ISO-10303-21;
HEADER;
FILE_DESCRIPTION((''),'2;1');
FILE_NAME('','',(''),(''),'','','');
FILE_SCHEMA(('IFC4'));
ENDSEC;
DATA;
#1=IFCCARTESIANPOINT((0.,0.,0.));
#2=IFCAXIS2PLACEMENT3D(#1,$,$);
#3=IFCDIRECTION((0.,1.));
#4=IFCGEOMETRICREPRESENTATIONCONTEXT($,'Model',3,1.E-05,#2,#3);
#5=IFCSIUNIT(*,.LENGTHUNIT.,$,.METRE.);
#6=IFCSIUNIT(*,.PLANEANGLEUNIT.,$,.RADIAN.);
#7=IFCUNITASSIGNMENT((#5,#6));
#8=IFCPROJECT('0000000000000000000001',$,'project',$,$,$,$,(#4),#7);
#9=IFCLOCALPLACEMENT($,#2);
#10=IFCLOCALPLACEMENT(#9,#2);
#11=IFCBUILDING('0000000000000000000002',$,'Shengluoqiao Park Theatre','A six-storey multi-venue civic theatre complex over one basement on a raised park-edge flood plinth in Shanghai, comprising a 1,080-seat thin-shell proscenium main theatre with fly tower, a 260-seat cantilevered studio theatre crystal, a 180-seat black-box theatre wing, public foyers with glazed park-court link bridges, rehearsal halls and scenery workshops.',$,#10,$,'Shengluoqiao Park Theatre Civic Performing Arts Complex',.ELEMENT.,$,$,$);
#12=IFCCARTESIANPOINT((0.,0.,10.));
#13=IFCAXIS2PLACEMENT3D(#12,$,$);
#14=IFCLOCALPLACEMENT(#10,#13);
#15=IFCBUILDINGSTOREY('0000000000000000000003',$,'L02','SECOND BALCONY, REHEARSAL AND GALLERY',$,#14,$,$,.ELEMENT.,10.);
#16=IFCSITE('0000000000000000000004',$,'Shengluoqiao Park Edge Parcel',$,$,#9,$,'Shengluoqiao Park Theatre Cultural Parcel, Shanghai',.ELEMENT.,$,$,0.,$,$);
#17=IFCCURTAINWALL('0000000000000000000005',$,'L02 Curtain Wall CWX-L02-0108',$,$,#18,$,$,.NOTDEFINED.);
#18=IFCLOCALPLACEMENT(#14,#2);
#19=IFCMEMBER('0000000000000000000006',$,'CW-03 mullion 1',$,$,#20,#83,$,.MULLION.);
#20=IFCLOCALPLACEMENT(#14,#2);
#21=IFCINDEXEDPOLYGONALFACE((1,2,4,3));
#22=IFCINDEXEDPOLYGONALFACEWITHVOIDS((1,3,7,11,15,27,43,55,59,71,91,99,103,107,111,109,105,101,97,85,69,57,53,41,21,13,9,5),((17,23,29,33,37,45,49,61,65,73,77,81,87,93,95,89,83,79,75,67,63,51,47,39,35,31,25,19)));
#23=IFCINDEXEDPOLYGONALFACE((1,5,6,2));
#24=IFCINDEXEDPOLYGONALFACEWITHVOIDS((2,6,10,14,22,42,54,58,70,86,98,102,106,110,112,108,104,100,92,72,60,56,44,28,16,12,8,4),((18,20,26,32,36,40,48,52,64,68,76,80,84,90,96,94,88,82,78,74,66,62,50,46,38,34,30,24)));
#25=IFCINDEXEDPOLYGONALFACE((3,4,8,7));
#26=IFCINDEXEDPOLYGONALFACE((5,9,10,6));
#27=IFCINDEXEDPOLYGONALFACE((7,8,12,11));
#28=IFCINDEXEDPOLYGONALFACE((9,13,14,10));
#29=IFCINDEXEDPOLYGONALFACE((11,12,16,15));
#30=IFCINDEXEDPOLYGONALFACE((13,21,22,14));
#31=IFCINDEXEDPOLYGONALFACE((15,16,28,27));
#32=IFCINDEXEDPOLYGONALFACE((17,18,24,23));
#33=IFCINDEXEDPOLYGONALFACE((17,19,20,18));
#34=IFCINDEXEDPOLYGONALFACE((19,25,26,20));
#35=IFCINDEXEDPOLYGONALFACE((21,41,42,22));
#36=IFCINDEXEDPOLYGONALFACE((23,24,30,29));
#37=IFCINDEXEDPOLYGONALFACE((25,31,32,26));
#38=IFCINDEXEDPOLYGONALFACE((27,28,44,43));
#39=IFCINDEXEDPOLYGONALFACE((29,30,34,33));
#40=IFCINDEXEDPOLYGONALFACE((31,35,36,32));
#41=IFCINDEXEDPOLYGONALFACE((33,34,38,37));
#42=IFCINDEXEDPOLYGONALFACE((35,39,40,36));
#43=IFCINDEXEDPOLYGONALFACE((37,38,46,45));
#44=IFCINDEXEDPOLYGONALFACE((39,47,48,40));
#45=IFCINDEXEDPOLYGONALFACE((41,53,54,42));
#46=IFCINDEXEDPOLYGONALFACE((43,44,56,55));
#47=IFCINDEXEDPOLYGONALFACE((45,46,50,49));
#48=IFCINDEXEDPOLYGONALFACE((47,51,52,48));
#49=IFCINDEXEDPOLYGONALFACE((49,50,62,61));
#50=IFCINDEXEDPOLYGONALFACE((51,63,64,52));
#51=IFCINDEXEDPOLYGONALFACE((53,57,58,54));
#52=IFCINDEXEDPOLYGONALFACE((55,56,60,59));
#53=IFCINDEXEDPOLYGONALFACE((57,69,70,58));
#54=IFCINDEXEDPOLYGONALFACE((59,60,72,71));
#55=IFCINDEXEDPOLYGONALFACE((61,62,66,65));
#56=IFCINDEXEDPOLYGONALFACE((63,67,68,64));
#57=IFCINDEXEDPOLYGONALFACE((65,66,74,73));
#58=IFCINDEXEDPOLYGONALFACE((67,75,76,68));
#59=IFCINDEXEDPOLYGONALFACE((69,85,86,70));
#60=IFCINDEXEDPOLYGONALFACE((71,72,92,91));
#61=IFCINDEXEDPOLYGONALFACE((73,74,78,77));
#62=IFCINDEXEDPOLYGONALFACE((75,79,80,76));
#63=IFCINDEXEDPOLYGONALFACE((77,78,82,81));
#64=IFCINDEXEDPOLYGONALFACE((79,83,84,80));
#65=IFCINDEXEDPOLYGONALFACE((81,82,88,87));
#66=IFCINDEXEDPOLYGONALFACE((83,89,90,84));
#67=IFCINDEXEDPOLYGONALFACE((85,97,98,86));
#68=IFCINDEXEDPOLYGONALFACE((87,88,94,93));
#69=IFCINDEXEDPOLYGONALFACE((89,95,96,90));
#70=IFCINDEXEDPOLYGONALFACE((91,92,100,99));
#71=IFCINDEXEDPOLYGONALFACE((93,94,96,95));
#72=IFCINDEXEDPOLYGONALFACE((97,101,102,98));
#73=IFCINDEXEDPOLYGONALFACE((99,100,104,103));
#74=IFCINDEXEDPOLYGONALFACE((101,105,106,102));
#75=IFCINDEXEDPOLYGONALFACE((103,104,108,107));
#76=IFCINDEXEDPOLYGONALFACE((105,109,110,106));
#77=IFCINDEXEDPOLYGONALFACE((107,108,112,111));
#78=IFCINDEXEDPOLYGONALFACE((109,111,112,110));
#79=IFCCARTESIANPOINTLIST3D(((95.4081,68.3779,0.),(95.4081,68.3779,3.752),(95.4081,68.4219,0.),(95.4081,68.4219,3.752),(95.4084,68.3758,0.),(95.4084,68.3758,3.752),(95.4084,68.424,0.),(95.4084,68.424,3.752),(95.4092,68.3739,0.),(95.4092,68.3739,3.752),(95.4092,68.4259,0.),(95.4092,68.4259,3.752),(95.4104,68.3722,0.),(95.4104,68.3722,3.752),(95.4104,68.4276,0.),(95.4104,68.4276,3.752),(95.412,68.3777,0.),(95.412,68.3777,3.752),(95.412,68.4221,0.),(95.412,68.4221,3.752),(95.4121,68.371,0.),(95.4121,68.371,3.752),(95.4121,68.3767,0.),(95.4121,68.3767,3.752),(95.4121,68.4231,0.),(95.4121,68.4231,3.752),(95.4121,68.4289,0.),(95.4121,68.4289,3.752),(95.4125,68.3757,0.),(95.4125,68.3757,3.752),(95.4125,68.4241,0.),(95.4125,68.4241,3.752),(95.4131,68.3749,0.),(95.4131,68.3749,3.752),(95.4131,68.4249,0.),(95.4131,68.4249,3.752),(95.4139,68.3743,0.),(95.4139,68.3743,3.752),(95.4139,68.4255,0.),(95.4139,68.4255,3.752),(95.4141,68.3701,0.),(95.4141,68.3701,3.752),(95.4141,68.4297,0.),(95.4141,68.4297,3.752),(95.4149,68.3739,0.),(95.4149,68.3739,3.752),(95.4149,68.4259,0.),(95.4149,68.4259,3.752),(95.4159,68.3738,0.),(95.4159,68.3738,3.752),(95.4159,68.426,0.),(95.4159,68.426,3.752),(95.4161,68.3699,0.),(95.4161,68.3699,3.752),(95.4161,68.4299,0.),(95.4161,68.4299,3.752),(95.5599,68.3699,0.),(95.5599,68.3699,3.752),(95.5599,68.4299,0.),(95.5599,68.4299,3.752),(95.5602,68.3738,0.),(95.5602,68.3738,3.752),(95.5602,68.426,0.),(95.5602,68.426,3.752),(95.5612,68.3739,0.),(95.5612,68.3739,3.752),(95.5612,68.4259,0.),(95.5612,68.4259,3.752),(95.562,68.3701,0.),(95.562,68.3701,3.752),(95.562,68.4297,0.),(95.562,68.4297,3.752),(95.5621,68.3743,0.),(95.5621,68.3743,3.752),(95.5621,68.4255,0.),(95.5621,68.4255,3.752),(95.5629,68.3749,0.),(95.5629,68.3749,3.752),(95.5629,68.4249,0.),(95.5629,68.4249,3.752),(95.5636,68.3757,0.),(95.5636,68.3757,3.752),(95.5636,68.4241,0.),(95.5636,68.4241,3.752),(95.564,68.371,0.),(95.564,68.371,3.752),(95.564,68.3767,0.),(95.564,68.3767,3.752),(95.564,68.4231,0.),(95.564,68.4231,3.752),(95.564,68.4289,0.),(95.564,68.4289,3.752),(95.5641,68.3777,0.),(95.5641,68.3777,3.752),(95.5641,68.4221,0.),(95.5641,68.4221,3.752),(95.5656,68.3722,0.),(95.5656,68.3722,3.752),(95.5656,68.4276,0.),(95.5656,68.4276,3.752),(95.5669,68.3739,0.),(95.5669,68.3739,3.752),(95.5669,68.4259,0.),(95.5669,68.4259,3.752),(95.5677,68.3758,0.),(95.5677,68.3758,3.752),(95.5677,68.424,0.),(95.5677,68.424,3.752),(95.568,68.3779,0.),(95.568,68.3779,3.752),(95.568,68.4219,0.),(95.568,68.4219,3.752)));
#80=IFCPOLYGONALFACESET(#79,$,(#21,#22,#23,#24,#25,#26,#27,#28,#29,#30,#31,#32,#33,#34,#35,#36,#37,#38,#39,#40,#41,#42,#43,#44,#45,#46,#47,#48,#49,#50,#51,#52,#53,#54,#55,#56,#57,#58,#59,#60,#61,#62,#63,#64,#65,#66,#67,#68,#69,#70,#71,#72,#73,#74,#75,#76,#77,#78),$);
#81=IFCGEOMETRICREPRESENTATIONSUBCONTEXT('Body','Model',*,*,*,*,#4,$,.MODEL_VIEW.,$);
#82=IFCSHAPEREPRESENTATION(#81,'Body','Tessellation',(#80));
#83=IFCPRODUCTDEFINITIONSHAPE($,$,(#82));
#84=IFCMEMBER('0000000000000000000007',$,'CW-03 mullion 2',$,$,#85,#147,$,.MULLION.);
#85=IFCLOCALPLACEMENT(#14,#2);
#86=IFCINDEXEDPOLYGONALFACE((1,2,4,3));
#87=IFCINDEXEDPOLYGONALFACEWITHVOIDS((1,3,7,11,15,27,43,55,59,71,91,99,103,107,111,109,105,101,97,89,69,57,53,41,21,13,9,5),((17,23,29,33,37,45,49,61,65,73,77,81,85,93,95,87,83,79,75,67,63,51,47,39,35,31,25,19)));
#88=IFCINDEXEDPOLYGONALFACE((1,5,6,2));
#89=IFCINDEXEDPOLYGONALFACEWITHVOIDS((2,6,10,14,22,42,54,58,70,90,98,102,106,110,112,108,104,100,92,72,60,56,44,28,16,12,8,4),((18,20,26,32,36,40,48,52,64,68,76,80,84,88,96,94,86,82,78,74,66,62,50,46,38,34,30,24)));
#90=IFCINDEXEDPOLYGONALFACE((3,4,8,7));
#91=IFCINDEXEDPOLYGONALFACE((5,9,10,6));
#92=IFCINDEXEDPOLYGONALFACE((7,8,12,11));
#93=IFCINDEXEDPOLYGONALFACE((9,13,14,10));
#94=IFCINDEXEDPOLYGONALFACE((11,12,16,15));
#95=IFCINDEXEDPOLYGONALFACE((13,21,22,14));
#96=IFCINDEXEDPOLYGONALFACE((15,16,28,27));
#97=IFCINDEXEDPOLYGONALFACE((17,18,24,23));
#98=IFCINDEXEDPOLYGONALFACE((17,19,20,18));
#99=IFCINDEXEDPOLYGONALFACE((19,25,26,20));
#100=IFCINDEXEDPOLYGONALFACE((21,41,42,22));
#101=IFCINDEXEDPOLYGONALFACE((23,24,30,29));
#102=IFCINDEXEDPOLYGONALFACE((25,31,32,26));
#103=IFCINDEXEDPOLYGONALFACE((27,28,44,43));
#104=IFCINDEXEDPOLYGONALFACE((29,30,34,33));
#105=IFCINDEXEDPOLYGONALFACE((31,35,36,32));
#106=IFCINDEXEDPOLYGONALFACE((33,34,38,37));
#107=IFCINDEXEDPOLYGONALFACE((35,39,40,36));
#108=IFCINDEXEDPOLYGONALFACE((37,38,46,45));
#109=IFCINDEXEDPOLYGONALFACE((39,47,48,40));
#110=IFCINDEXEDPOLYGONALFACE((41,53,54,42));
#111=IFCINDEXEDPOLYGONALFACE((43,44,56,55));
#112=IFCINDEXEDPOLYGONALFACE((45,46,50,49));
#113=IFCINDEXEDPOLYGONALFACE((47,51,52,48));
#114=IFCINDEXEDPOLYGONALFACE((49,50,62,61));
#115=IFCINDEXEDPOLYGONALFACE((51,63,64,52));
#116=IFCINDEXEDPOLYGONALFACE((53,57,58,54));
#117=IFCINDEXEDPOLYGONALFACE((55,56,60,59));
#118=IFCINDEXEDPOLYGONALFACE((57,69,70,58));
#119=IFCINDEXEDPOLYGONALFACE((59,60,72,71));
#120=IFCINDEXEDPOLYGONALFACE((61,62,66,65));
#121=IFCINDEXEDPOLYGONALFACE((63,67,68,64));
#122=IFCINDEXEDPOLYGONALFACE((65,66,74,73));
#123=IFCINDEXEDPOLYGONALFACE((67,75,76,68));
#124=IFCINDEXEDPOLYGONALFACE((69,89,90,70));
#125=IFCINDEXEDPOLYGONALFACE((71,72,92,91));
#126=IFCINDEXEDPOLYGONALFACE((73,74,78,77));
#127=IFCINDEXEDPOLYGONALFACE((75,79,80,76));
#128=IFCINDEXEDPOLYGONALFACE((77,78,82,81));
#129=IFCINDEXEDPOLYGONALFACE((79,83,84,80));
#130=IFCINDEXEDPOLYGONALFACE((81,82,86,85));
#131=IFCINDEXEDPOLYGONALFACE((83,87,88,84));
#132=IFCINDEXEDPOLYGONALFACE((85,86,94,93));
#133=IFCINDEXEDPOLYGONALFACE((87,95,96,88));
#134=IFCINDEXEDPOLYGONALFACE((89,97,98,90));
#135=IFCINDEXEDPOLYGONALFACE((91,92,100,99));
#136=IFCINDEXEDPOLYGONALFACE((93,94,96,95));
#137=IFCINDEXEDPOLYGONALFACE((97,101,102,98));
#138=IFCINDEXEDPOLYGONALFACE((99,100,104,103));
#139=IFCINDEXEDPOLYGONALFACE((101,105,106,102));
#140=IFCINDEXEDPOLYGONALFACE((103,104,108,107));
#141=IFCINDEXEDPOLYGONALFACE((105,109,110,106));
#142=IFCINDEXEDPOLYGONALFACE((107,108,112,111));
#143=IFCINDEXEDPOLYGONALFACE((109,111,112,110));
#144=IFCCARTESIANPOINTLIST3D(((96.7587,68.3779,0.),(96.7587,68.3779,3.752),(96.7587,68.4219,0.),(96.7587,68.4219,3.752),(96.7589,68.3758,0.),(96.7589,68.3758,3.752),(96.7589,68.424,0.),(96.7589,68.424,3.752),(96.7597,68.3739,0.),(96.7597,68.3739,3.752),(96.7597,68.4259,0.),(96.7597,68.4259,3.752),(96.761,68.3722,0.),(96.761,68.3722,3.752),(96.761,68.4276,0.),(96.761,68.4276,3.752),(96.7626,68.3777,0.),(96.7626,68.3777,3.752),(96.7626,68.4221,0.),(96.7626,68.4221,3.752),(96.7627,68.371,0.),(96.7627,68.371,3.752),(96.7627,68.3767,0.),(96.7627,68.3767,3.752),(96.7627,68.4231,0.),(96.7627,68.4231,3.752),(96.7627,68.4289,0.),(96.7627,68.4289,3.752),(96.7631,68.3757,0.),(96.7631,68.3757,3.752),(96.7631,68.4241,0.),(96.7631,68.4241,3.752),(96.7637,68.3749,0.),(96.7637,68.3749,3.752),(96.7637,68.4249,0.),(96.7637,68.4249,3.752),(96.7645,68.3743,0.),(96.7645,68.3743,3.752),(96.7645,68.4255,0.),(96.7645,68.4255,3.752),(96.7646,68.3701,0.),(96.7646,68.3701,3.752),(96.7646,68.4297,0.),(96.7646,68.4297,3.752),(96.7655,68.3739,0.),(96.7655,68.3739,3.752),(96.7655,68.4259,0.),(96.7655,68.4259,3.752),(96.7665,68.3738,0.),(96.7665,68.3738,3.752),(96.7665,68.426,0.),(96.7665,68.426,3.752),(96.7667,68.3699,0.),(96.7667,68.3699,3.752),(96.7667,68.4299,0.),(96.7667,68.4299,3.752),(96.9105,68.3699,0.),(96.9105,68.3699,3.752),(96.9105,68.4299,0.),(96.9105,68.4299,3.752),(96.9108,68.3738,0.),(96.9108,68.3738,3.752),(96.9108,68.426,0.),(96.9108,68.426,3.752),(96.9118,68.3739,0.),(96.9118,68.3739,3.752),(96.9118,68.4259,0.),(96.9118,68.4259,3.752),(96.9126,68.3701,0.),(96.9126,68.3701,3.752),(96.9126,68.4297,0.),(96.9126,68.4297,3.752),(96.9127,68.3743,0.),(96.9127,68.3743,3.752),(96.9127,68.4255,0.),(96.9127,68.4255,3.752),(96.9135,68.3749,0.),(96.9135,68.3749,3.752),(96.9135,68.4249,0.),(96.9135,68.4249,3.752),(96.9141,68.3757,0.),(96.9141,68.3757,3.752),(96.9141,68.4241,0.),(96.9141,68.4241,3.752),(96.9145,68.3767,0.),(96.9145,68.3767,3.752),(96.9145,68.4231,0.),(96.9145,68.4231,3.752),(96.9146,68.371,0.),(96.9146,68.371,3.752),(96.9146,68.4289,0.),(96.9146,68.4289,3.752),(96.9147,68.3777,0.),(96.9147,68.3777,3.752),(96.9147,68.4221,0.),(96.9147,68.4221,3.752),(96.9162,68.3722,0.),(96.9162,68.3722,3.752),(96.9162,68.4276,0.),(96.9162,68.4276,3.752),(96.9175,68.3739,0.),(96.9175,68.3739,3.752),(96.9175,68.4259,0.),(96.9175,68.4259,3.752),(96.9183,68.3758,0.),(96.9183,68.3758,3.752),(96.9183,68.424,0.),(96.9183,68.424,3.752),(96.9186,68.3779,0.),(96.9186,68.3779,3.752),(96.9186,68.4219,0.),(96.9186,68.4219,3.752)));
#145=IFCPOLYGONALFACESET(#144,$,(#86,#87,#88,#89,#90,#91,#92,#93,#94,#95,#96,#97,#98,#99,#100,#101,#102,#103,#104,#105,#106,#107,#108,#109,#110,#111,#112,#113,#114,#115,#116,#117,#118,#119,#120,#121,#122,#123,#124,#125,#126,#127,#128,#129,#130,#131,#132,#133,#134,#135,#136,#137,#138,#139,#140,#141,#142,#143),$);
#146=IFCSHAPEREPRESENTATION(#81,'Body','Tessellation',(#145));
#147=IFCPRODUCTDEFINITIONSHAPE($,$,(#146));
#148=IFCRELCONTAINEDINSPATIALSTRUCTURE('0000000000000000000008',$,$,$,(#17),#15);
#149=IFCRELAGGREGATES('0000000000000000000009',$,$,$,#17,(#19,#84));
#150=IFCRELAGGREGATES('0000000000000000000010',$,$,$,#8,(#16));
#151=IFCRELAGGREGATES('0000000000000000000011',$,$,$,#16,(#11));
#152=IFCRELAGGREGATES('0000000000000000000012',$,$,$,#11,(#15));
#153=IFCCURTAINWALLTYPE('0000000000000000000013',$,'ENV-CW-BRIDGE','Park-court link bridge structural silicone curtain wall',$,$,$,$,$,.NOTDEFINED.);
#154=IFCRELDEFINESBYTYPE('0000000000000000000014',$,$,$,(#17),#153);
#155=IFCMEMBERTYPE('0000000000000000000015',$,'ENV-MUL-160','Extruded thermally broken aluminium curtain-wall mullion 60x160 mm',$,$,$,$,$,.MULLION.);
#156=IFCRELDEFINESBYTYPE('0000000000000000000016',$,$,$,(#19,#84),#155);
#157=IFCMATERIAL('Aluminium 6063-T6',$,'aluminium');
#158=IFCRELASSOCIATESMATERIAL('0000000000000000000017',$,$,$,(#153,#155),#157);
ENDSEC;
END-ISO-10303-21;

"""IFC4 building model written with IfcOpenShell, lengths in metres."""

from ifc_helpers import new_model, si_unit, direction, frame, origin, origin_2d, place, context, subcontext, project, spatial, hollow_rectangle, extrude, material, material_profile, profile_set, type_object, element, aggregate, save


model = new_model("IFC4")

# Units and contexts
model_context = context("Model", 3, precision=1e-05, world=origin(), true_north=direction((0.0, 1.0)))
body_context = subcontext(model_context, "Body", "Model", "MODEL_VIEW")
ifc_project = project(units=[si_unit("LENGTHUNIT", "METRE"), si_unit("PLANEANGLEUNIT", "RADIAN")], contexts=[model_context])

# Site, building, storey
site_placement = place(None, origin())
site = spatial("IfcSite", under=ifc_project, at=site_placement, Name="Shengluoqiao Park Edge Parcel", LongName="Shengluoqiao Park Theatre Cultural Parcel, Shanghai", CompositionType="ELEMENT", RefElevation=0.0)
building_placement = place(site_placement, origin())
building = spatial("IfcBuilding", under=site, at=building_placement, Name="Shengluoqiao Park Theatre", Description="A six-storey multi-venue civic theatre complex over one basement on a raised park-edge flood plinth in Shanghai, comprising a 1,080-seat thin-shell proscenium main theatre with fly tower, a 260-seat cantilevered studio theatre crystal, a 180-seat black-box theatre wing, public foyers with glazed park-court link bridges, rehearsal halls and scenery workshops.", LongName="Shengluoqiao Park Theatre Civic Performing Arts Complex", CompositionType="ELEMENT")
storey_placement = place(building_placement, frame((0.0, 0.0, 10.0)))
storey = spatial("IfcBuildingStorey", under=building, at=storey_placement, Name="L02", Description="SECOND BALCONY, REHEARSAL AND GALLERY", CompositionType="ELEMENT", Elevation=10.0)

# Curtain wall, members
ifc_material_1 = material(Name="Aluminium 6063-T6", Category="aluminium")
curtain_wall_type = type_object("IfcCurtainWallType", Name="ENV-CW-BRIDGE", Description="Park-court link bridge structural silicone curtain wall", PredefinedType="NOTDEFINED", material=ifc_material_1)
curtain_wall_placement = place(storey_placement, origin())
curtain_wall = element("IfcCurtainWall", 1, at=curtain_wall_placement, inside=storey, type_object=curtain_wall_type, Name="L02 Curtain Wall CWX-L02-0108", PredefinedType="NOTDEFINED")
ifc_material_profile_1 = material_profile(ifc_material_1, hollow_rectangle(XDim=0.0601, YDim=0.1599, WallThickness=0.0039, InnerFilletRadius=0.0039, OuterFilletRadius=0.0081, at=origin_2d()), Name="ALU MULLION 160x60x4")
ifc_profile_set_1 = profile_set([ifc_material_profile_1], Name="Aluminium 6063-T6")
member_type_1 = type_object("IfcMemberType", Name="ENV-MUL-160", Description="Extruded thermally broken aluminium curtain-wall mullion 60x160 mm", PredefinedType="MULLION", material=ifc_profile_set_1)
member_1_placement = place(storey_placement, frame((95.488, 68.3999, 0.0), z_axis=(0.0, 0.0, 1.0), x_axis=(0.0, 1.0, 0.0)))
member_1 = element("IfcMember", 2, at=member_1_placement, type_object=member_type_1, Name="CW-03 mullion 1", PredefinedType="MULLION", context=body_context, shape_type="SweptSolid", body=[
    extrude(hollow_rectangle(XDim=0.0601, YDim=0.1599, WallThickness=0.0039, InnerFilletRadius=0.0039, OuterFilletRadius=0.0081, at=origin_2d()), origin(), (0.0, 0.0, 1.0), 3.752),
])
member_2_placement = place(storey_placement, frame((96.8386, 68.3999, 0.0), z_axis=(0.0, 0.0, 1.0), x_axis=(0.0, 1.0, 0.0)))
member_2 = element("IfcMember", 3, at=member_2_placement, type_object=member_type_1, Name="CW-03 mullion 2", PredefinedType="MULLION", context=body_context, shape_type="SweptSolid", body=[
    extrude(hollow_rectangle(XDim=0.0601, YDim=0.1599, WallThickness=0.0039, InnerFilletRadius=0.0039, OuterFilletRadius=0.0081, at=origin_2d()), origin(), (0.0, 0.0, 1.0), 3.752),
])

aggregate(curtain_wall, [member_1, member_2])

save(model, "model.ifc")
